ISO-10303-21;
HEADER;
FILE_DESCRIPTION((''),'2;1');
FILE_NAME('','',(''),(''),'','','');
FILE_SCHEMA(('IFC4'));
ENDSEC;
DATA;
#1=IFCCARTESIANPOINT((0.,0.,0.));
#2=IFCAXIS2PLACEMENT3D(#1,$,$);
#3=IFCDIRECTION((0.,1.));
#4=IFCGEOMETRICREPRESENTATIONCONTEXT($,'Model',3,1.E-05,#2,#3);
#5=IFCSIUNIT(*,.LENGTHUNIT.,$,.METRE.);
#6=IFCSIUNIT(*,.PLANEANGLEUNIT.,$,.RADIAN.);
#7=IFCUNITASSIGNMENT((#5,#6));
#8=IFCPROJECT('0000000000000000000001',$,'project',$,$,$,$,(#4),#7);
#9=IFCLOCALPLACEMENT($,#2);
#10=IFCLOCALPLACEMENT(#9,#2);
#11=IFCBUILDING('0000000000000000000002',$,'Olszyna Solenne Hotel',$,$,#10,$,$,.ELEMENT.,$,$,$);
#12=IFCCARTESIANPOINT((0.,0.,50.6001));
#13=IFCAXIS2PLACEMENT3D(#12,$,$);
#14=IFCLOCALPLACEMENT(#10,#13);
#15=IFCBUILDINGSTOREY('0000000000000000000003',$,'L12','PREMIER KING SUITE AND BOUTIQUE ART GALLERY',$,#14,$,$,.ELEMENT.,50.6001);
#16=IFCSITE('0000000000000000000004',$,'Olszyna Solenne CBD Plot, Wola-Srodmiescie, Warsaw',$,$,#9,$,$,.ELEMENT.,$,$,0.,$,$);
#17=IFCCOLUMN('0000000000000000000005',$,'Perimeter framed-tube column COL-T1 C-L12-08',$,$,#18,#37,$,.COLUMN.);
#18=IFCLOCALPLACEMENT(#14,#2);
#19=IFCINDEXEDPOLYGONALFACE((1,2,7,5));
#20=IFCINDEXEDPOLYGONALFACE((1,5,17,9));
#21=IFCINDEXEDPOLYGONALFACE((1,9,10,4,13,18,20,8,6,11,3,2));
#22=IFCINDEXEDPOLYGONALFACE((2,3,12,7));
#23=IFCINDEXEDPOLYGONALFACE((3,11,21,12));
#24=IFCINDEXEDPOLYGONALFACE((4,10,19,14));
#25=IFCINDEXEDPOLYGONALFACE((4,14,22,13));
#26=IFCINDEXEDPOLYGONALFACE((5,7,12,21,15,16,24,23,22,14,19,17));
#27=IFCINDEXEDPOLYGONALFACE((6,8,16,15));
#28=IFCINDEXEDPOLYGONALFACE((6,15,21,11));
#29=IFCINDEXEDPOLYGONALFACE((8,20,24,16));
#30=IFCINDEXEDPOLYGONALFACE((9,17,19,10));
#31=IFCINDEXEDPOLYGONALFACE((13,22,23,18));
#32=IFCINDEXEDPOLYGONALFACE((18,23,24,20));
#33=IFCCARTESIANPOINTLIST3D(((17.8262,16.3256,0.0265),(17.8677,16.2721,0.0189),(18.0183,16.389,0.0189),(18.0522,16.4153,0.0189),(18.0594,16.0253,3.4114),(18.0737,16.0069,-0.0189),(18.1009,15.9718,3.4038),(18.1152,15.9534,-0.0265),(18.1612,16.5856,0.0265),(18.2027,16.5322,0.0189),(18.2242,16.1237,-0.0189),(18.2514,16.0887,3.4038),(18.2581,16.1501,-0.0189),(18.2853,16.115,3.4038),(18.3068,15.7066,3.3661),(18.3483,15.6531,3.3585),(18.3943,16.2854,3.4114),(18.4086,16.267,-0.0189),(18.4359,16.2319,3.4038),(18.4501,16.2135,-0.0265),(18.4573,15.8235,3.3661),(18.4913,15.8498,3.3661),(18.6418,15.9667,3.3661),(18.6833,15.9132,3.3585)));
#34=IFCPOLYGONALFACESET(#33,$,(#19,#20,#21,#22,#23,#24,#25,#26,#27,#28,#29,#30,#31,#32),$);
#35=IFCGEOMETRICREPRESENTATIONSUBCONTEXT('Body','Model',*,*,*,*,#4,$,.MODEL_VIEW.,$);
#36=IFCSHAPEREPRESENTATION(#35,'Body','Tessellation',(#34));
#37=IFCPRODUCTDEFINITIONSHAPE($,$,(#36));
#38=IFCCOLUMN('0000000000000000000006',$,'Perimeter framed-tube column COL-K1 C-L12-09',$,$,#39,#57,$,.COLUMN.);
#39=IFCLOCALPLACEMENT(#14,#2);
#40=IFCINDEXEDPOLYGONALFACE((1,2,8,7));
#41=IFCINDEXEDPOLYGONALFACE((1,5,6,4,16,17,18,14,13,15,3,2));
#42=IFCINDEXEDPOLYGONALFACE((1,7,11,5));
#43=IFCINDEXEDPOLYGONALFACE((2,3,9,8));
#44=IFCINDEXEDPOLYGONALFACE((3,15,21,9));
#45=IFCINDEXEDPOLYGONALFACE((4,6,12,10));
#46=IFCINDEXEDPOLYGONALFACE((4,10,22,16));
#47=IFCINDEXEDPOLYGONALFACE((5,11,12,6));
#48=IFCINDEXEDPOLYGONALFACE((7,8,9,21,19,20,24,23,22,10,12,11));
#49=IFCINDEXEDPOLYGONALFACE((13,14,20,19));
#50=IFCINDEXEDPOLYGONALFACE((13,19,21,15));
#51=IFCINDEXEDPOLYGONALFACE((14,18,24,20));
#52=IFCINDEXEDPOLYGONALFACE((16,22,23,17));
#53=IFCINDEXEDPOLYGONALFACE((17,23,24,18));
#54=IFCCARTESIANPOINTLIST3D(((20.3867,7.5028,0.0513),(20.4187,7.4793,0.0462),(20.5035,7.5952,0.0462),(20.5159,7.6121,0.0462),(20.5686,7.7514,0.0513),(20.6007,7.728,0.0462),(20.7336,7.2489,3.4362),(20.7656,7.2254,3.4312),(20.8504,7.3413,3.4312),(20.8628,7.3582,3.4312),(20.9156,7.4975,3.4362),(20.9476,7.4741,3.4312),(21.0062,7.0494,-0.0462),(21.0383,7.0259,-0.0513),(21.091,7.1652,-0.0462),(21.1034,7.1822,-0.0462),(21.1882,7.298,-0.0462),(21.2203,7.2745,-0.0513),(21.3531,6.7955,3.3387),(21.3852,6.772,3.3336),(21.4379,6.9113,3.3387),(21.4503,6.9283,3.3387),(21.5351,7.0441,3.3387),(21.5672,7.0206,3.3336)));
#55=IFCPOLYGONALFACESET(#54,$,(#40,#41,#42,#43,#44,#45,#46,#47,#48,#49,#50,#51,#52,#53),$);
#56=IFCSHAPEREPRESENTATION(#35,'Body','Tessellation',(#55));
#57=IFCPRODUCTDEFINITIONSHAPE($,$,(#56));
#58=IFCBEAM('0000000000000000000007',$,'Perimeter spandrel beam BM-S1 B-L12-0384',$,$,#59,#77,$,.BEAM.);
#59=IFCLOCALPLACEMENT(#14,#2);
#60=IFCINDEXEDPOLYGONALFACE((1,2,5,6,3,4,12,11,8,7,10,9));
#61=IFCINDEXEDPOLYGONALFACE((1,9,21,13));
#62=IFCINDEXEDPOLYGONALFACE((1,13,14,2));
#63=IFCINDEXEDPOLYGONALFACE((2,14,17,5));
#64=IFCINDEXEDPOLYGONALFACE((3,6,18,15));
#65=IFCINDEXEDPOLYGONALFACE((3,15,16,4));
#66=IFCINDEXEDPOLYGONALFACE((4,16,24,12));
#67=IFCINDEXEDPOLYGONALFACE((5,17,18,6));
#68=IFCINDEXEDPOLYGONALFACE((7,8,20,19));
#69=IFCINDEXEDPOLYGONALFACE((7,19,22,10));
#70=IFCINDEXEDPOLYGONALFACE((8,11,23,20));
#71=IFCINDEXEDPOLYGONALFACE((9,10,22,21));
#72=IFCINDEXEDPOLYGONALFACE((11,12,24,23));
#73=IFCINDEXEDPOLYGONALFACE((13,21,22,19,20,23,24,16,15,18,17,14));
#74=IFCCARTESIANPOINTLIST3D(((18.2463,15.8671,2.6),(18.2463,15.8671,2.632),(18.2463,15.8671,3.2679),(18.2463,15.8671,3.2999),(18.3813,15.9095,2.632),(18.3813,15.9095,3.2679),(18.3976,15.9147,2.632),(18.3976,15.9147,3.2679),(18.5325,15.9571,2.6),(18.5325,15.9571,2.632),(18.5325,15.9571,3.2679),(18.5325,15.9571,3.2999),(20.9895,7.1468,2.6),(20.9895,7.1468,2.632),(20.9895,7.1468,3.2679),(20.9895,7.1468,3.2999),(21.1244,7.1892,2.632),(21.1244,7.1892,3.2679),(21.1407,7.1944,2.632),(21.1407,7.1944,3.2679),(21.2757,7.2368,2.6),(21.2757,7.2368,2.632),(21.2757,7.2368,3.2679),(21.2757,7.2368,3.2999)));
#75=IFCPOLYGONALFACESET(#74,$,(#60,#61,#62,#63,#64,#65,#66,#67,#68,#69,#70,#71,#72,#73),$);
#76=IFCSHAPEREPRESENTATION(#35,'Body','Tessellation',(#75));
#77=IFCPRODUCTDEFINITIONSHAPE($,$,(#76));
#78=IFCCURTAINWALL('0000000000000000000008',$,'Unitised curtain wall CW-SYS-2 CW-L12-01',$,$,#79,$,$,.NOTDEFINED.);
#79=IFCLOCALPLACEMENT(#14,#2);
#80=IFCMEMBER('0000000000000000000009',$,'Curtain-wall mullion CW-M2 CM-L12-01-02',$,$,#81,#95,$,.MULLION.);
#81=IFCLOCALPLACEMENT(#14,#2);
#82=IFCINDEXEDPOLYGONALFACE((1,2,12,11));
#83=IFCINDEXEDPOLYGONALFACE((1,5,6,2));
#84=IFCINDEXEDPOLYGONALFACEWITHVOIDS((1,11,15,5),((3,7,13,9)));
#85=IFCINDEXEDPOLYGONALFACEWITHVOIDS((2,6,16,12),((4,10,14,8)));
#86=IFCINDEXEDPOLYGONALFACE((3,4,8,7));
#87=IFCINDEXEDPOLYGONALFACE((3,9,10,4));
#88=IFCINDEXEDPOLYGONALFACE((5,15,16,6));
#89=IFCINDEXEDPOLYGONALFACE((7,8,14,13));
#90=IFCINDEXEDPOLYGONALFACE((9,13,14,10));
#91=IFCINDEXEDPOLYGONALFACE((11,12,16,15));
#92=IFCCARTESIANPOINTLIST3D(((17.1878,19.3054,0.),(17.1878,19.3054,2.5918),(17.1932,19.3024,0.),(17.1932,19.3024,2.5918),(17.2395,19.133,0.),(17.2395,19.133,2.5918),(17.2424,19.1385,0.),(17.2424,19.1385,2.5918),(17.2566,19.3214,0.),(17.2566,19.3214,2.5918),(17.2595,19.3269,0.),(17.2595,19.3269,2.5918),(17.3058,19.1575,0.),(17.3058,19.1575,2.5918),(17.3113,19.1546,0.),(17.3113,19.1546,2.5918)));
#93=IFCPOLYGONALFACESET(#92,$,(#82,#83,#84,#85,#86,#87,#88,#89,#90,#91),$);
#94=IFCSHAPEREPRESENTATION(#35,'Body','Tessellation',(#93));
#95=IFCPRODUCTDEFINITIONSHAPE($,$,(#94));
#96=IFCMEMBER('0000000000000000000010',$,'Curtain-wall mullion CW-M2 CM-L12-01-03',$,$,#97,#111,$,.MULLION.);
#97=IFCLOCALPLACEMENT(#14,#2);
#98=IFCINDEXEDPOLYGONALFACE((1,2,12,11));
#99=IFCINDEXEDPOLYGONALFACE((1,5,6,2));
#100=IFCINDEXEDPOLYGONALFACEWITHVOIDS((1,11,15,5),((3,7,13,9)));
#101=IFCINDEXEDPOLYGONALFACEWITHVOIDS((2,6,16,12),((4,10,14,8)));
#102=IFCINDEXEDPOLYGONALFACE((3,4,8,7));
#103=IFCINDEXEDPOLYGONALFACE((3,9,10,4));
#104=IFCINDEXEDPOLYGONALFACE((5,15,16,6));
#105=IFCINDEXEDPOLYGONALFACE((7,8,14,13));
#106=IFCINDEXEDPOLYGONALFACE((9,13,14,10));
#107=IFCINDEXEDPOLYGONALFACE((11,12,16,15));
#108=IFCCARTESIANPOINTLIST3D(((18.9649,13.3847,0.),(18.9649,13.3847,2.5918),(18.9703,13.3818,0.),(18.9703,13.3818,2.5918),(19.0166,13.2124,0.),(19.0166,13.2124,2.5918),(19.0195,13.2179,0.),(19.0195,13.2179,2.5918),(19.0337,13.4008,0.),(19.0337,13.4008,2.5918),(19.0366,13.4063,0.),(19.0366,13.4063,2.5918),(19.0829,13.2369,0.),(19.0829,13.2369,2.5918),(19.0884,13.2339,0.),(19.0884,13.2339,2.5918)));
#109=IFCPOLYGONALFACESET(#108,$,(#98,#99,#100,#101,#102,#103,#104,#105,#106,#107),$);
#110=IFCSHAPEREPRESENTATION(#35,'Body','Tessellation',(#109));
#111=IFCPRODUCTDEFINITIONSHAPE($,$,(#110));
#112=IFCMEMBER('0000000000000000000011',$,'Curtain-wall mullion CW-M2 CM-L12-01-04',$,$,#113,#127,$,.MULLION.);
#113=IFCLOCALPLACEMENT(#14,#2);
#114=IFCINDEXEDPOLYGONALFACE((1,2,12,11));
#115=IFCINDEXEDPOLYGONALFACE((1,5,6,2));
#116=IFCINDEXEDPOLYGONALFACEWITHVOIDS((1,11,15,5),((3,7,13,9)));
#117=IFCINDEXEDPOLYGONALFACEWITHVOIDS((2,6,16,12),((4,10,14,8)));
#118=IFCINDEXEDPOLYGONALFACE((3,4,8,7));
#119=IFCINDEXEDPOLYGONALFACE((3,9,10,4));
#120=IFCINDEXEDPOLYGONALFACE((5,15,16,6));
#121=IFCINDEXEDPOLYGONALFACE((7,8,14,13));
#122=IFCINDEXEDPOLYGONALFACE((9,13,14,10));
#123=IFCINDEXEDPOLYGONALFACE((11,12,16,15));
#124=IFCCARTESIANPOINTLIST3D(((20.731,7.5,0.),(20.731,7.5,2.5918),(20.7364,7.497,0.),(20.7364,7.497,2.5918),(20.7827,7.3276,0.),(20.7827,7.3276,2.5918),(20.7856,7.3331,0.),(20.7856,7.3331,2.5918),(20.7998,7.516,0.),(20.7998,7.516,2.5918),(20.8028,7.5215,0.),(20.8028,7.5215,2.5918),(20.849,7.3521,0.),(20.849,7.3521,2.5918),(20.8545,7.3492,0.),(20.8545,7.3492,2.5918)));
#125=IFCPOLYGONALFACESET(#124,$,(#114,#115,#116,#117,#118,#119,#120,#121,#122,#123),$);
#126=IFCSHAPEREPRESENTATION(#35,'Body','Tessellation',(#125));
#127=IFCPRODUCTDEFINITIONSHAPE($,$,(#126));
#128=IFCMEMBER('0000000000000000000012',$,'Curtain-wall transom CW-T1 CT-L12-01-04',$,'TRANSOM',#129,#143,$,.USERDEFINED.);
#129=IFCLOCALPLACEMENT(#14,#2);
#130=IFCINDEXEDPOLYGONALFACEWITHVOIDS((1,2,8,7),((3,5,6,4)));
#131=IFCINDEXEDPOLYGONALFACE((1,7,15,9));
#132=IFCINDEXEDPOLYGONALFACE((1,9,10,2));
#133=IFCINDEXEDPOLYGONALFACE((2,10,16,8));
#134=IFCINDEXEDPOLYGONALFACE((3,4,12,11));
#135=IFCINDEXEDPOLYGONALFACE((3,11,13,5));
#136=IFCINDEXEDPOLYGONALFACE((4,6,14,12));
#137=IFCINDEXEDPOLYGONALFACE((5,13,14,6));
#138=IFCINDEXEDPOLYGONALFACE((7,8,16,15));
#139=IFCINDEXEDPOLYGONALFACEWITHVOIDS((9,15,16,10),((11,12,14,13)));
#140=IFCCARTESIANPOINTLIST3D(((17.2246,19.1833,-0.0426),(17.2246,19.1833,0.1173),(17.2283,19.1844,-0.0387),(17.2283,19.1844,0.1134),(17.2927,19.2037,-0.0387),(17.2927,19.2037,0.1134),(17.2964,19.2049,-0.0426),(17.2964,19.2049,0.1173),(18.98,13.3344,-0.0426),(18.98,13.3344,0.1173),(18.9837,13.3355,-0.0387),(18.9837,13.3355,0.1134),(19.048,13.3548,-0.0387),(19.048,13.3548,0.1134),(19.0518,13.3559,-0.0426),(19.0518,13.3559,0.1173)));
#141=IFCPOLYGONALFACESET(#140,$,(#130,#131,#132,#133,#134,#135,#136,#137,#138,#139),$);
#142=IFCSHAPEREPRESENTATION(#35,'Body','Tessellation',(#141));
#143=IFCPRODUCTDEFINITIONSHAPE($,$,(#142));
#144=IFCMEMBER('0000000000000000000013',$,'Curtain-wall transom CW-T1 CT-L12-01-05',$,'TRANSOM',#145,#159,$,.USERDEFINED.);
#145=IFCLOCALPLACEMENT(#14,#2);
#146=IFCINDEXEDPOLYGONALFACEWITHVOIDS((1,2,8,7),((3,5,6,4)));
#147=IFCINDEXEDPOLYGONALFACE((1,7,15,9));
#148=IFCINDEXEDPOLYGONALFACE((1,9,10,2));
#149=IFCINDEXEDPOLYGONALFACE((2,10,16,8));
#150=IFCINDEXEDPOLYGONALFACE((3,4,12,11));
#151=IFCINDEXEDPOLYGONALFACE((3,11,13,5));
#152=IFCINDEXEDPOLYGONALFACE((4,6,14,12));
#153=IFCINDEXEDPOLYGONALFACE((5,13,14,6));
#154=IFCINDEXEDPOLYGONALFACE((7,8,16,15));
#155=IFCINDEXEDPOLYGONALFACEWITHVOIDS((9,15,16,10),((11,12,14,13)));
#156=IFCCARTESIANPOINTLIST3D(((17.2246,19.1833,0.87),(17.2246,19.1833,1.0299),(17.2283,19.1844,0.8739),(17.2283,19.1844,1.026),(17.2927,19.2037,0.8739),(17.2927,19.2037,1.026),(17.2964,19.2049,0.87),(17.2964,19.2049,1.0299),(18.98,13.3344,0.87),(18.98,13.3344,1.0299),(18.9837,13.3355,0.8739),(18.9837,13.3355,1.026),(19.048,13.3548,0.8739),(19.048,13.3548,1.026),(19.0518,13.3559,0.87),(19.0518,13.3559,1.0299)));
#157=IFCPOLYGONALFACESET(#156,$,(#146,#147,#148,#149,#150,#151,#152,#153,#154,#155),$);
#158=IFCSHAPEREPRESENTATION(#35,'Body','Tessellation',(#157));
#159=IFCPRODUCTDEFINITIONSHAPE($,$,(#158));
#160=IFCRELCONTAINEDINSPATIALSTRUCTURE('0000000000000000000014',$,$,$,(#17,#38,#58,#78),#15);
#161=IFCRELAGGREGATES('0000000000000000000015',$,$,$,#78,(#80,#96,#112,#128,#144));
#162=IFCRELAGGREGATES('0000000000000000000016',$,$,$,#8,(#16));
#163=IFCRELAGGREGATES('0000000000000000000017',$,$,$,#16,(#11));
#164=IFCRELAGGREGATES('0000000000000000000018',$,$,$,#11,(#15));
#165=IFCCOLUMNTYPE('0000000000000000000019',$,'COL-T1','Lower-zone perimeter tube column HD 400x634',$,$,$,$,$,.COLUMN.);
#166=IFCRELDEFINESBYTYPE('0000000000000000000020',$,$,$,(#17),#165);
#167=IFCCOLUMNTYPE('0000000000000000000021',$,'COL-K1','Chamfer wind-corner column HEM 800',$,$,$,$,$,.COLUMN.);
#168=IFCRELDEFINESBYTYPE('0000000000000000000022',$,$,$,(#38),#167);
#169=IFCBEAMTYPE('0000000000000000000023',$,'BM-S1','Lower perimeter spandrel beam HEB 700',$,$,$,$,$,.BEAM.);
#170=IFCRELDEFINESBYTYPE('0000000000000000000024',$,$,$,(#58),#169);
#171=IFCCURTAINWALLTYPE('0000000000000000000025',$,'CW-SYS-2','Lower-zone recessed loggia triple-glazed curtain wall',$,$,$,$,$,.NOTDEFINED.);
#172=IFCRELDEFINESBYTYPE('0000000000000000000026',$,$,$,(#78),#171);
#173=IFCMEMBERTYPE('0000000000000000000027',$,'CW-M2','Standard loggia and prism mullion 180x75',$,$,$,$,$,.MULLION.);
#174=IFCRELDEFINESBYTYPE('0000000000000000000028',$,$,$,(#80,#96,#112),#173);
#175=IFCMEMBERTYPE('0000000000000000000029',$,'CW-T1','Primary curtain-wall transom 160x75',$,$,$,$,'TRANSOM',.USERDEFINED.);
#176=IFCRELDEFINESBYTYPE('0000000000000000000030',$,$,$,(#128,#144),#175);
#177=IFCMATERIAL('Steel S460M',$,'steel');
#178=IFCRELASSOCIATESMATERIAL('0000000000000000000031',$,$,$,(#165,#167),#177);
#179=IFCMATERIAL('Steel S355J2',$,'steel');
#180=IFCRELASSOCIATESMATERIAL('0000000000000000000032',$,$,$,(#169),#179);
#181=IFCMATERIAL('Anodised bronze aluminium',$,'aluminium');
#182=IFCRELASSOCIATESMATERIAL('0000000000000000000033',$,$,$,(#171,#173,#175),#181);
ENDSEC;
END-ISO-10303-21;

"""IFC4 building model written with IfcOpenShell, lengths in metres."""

from ifc_helpers import new_model, si_unit, direction, frame, origin, origin_2d, place, context, subcontext, project, spatial, hollow_rectangle, i_section, extrude, source, transform, mapped, material, material_profile, profile_set, type_object, element, aggregate, save


model = new_model("IFC4")

# Units and contexts
model_context = context("Model", 3, precision=1e-05, world=origin(), true_north=direction((0.0, 1.0)))
body_context = subcontext(model_context, "Body", "Model", "MODEL_VIEW")
ifc_project = project(units=[si_unit("LENGTHUNIT", "METRE"), si_unit("PLANEANGLEUNIT", "RADIAN")], contexts=[model_context])

# Site, building, storey
site_placement = place(None, origin())
site = spatial("IfcSite", under=ifc_project, at=site_placement, Name="Olszyna Solenne CBD Plot, Wola-Srodmiescie, Warsaw", CompositionType="ELEMENT", RefElevation=0.0)
building_placement = place(site_placement, origin())
building = spatial("IfcBuilding", under=site, at=building_placement, Name="Olszyna Solenne Hotel", CompositionType="ELEMENT")
storey_placement = place(building_placement, frame((0.0, 0.0, 50.6001)))
storey = spatial("IfcBuildingStorey", under=building, at=storey_placement, Name="L12", Description="PREMIER KING SUITE AND BOUTIQUE ART GALLERY", CompositionType="ELEMENT", Elevation=50.6001)

# Columns
ifc_material_1 = material(Name="Steel S460M", Category="steel")
ifc_material_profile_1 = material_profile(ifc_material_1, i_section(OverallWidth=0.4241, OverallDepth=0.4741, WebThickness=0.043, FlangeThickness=0.0681, at=origin_2d()), Name="HD 400x634", Category="load-bearing")
ifc_profile_set_1 = profile_set([ifc_material_profile_1], Name="Steel S460M")
column_type_1 = type_object("IfcColumnType", Name="COL-T1", Description="Lower-zone perimeter tube column HD 400x634", PredefinedType="COLUMN", material=ifc_profile_set_1)
shared_shape_1 = source(origin(), body_context, "Body", "SweptSolid", [
    extrude(i_section(OverallWidth=0.4241, OverallDepth=0.4741, WebThickness=0.043, FlangeThickness=0.0681, at=origin_2d()), origin(), (0.0, 0.0, 1.0), 3.4062),
])
column_1_placement = place(storey_placement, frame((18.1382, 16.2695, 0.0), z_axis=(0.068448, -0.088158, 0.993752), x_axis=(0.789871, 0.613274, 0.0)))
element("IfcColumn", 1, at=column_1_placement, inside=storey, type_object=column_type_1, Name="Perimeter framed-tube column COL-T1 C-L12-08", PredefinedType="COLUMN", context=body_context, shape_type="MappedRepresentation", body=[
    mapped(shared_shape_1, transform((0.0, 0.0, 0.0), x_axis=(1.0, 0.0, 0.0), y_axis=(0.0, 1.0, 0.0), z_axis=(0.0, 0.0, 1.0), scale=1.0)),
])
ifc_material_profile_2 = material_profile(ifc_material_1, i_section(OverallWidth=0.3081, OverallDepth=0.814, WebThickness=0.021, FlangeThickness=0.04, at=origin_2d()), Name="HEM 800", Category="load-bearing")
ifc_profile_set_2 = profile_set([ifc_material_profile_2], Name="Steel S460M")
column_type_2 = type_object("IfcColumnType", Name="COL-K1", Description="Chamfer wind-corner column HEM 800", PredefinedType="COLUMN", material=ifc_profile_set_2)
shared_shape_2 = source(origin(), body_context, "Body", "SweptSolid", [
    extrude(i_section(OverallWidth=0.3081, OverallDepth=0.814, WebThickness=0.021, FlangeThickness=0.04, at=origin_2d()), origin(), (0.0, 0.0, 1.0), 3.4121),
])
column_2_placement = place(storey_placement, frame((20.8035, 7.3887, 0.0), z_axis=(0.101672, -0.074411, 0.992031), x_axis=(0.5906, 0.806964, 0.0)))
element("IfcColumn", 2, at=column_2_placement, inside=storey, type_object=column_type_2, Name="Perimeter framed-tube column COL-K1 C-L12-09", PredefinedType="COLUMN", context=body_context, shape_type="MappedRepresentation", body=[
    mapped(shared_shape_2, transform((0.0, 0.0, 0.0), x_axis=(1.0, 0.0, 0.0), y_axis=(0.0, 1.0, 0.0), z_axis=(0.0, 0.0, 1.0), scale=1.0)),
])

# Beam
ifc_material_2 = material(Name="Steel S355J2", Category="steel")
ifc_material_profile_3 = material_profile(ifc_material_2, i_section(OverallWidth=0.3, OverallDepth=0.7, WebThickness=0.0171, FlangeThickness=0.032, at=origin_2d()), Name="HEB 700", Category="load-bearing")
ifc_profile_set_3 = profile_set([ifc_material_profile_3], Name="Steel S355J2")
beam_type = type_object("IfcBeamType", Name="BM-S1", Description="Lower perimeter spandrel beam HEB 700", PredefinedType="BEAM", material=ifc_profile_set_3)
shared_shape_3 = source(origin(), body_context, "Body", "SweptSolid", [
    extrude(i_section(OverallWidth=0.3, OverallDepth=0.7, WebThickness=0.0171, FlangeThickness=0.032, at=origin_2d()), origin(), (0.0, 0.0, 1.0), 9.1416),
])
beam_placement = place(storey_placement, frame((18.3894, 15.9121, 2.95), z_axis=(0.300078, -0.953915, 0.0), x_axis=(0.953915, 0.300078, 0.0)))
element("IfcBeam", 3, at=beam_placement, inside=storey, type_object=beam_type, Name="Perimeter spandrel beam BM-S1 B-L12-0384", PredefinedType="BEAM", context=body_context, shape_type="MappedRepresentation", body=[
    mapped(shared_shape_3, transform((0.0, 0.0, 0.0), x_axis=(1.0, 0.0, 0.0), y_axis=(0.0, 1.0, 0.0), z_axis=(0.0, 0.0, 1.0), scale=1.0)),
])

# Curtain wall, members
ifc_material_3 = material(Name="Anodised bronze aluminium", Category="aluminium")
curtain_wall_type = type_object("IfcCurtainWallType", Name="CW-SYS-2", Description="Lower-zone recessed loggia triple-glazed curtain wall", PredefinedType="NOTDEFINED", material=ifc_material_3)
curtain_wall_placement = place(storey_placement, origin())
curtain_wall = element("IfcCurtainWall", 4, at=curtain_wall_placement, inside=storey, type_object=curtain_wall_type, Name="Unitised curtain wall CW-SYS-2 CW-L12-01", PredefinedType="NOTDEFINED")
ifc_material_profile_4 = material_profile(ifc_material_3, hollow_rectangle(XDim=0.075, YDim=0.1799, WallThickness=0.0044, at=origin_2d()), Name="MULL 180x75x4.5", Category="load-bearing")
ifc_profile_set_4 = profile_set([ifc_material_profile_4], Name="Anodised bronze aluminium")
member_type_1 = type_object("IfcMemberType", Name="CW-M2", Description="Standard loggia and prism mullion 180x75", PredefinedType="MULLION", material=ifc_profile_set_4)
shared_shape_4 = source(origin(), body_context, "Body", "SweptSolid", [
    extrude(hollow_rectangle(XDim=0.075, YDim=0.1799, WallThickness=0.0044, at=origin_2d()), origin(), (0.0, 0.0, 1.0), 2.5918),
])
member_1_placement = place(storey_placement, frame((17.2495, 19.23, 0.0), z_axis=(0.0, 0.0, 1.0), x_axis=(0.957793, 0.287458, 0.0)))
member_1 = element("IfcMember", 5, at=member_1_placement, type_object=member_type_1, Name="Curtain-wall mullion CW-M2 CM-L12-01-02", PredefinedType="MULLION", context=body_context, shape_type="MappedRepresentation", body=[
    mapped(shared_shape_4, transform((0.0, 0.0, 0.0), x_axis=(1.0, 0.0, 0.0), y_axis=(0.0, 1.0, 0.0), z_axis=(0.0, 0.0, 1.0), scale=1.0)),
])
member_2_placement = place(storey_placement, frame((19.0266, 13.3093, 0.0), z_axis=(0.0, 0.0, 1.0), x_axis=(0.957793, 0.287458, 0.0)))
member_2 = element("IfcMember", 6, at=member_2_placement, type_object=member_type_1, Name="Curtain-wall mullion CW-M2 CM-L12-01-03", PredefinedType="MULLION", context=body_context, shape_type="MappedRepresentation", body=[
    mapped(shared_shape_4, transform((0.0, 0.0, 0.0), x_axis=(1.0, 0.0, 0.0), y_axis=(0.0, 1.0, 0.0), z_axis=(0.0, 0.0, 1.0), scale=1.0)),
])
member_3_placement = place(storey_placement, frame((20.7927, 7.4246, 0.0), z_axis=(0.0, 0.0, 1.0), x_axis=(0.957793, 0.287458, 0.0)))
member_3 = element("IfcMember", 7, at=member_3_placement, type_object=member_type_1, Name="Curtain-wall mullion CW-M2 CM-L12-01-04", PredefinedType="MULLION", context=body_context, shape_type="MappedRepresentation", body=[
    mapped(shared_shape_4, transform((0.0, 0.0, 0.0), x_axis=(1.0, 0.0, 0.0), y_axis=(0.0, 1.0, 0.0), z_axis=(0.0, 0.0, 1.0), scale=1.0)),
])
ifc_material_profile_5 = material_profile(ifc_material_3, hollow_rectangle(XDim=0.075, YDim=0.1599, WallThickness=0.0039, at=origin_2d()), Name="TRAN 160x75x4", Category="load-bearing")
ifc_profile_set_5 = profile_set([ifc_material_profile_5], Name="Anodised bronze aluminium")
member_type_2 = type_object("IfcMemberType", Name="CW-T1", Description="Primary curtain-wall transom 160x75", ElementType="TRANSOM", PredefinedType="USERDEFINED", material=ifc_profile_set_5)
shared_shape_5 = source(origin(), body_context, "Body", "SweptSolid", [
    extrude(hollow_rectangle(XDim=0.075, YDim=0.1599, WallThickness=0.0039, at=origin_2d()), origin(), (0.0, 0.0, 1.0), 6.1067),
])
member_4_placement = place(storey_placement, frame((17.2605, 19.1941, 0.0374), z_axis=(0.287454, -0.957794, 0.0), x_axis=(0.957794, 0.287454, 0.0)))
member_4 = element("IfcMember", 8, at=member_4_placement, type_object=member_type_2, Name="Curtain-wall transom CW-T1 CT-L12-01-04", ObjectType="TRANSOM", PredefinedType="USERDEFINED", context=body_context, shape_type="MappedRepresentation", body=[
    mapped(shared_shape_5, transform((0.0, 0.0, 0.0), x_axis=(1.0, 0.0, 0.0), y_axis=(0.0, 1.0, 0.0), z_axis=(0.0, 0.0, 1.0), scale=1.0)),
])
member_5_placement = place(storey_placement, frame((17.2605, 19.1941, 0.95), z_axis=(0.287454, -0.957794, 0.0), x_axis=(0.957794, 0.287454, 0.0)))
member_5 = element("IfcMember", 9, at=member_5_placement, type_object=member_type_2, Name="Curtain-wall transom CW-T1 CT-L12-01-05", ObjectType="TRANSOM", PredefinedType="USERDEFINED", context=body_context, shape_type="MappedRepresentation", body=[
    mapped(shared_shape_5, transform((0.0, 0.0, 0.0), x_axis=(1.0, 0.0, 0.0), y_axis=(0.0, 1.0, 0.0), z_axis=(0.0, 0.0, 1.0), scale=1.0)),
])

aggregate(curtain_wall, [member_1, member_2, member_3, member_4, member_5])

save(model, "model.ifc")
